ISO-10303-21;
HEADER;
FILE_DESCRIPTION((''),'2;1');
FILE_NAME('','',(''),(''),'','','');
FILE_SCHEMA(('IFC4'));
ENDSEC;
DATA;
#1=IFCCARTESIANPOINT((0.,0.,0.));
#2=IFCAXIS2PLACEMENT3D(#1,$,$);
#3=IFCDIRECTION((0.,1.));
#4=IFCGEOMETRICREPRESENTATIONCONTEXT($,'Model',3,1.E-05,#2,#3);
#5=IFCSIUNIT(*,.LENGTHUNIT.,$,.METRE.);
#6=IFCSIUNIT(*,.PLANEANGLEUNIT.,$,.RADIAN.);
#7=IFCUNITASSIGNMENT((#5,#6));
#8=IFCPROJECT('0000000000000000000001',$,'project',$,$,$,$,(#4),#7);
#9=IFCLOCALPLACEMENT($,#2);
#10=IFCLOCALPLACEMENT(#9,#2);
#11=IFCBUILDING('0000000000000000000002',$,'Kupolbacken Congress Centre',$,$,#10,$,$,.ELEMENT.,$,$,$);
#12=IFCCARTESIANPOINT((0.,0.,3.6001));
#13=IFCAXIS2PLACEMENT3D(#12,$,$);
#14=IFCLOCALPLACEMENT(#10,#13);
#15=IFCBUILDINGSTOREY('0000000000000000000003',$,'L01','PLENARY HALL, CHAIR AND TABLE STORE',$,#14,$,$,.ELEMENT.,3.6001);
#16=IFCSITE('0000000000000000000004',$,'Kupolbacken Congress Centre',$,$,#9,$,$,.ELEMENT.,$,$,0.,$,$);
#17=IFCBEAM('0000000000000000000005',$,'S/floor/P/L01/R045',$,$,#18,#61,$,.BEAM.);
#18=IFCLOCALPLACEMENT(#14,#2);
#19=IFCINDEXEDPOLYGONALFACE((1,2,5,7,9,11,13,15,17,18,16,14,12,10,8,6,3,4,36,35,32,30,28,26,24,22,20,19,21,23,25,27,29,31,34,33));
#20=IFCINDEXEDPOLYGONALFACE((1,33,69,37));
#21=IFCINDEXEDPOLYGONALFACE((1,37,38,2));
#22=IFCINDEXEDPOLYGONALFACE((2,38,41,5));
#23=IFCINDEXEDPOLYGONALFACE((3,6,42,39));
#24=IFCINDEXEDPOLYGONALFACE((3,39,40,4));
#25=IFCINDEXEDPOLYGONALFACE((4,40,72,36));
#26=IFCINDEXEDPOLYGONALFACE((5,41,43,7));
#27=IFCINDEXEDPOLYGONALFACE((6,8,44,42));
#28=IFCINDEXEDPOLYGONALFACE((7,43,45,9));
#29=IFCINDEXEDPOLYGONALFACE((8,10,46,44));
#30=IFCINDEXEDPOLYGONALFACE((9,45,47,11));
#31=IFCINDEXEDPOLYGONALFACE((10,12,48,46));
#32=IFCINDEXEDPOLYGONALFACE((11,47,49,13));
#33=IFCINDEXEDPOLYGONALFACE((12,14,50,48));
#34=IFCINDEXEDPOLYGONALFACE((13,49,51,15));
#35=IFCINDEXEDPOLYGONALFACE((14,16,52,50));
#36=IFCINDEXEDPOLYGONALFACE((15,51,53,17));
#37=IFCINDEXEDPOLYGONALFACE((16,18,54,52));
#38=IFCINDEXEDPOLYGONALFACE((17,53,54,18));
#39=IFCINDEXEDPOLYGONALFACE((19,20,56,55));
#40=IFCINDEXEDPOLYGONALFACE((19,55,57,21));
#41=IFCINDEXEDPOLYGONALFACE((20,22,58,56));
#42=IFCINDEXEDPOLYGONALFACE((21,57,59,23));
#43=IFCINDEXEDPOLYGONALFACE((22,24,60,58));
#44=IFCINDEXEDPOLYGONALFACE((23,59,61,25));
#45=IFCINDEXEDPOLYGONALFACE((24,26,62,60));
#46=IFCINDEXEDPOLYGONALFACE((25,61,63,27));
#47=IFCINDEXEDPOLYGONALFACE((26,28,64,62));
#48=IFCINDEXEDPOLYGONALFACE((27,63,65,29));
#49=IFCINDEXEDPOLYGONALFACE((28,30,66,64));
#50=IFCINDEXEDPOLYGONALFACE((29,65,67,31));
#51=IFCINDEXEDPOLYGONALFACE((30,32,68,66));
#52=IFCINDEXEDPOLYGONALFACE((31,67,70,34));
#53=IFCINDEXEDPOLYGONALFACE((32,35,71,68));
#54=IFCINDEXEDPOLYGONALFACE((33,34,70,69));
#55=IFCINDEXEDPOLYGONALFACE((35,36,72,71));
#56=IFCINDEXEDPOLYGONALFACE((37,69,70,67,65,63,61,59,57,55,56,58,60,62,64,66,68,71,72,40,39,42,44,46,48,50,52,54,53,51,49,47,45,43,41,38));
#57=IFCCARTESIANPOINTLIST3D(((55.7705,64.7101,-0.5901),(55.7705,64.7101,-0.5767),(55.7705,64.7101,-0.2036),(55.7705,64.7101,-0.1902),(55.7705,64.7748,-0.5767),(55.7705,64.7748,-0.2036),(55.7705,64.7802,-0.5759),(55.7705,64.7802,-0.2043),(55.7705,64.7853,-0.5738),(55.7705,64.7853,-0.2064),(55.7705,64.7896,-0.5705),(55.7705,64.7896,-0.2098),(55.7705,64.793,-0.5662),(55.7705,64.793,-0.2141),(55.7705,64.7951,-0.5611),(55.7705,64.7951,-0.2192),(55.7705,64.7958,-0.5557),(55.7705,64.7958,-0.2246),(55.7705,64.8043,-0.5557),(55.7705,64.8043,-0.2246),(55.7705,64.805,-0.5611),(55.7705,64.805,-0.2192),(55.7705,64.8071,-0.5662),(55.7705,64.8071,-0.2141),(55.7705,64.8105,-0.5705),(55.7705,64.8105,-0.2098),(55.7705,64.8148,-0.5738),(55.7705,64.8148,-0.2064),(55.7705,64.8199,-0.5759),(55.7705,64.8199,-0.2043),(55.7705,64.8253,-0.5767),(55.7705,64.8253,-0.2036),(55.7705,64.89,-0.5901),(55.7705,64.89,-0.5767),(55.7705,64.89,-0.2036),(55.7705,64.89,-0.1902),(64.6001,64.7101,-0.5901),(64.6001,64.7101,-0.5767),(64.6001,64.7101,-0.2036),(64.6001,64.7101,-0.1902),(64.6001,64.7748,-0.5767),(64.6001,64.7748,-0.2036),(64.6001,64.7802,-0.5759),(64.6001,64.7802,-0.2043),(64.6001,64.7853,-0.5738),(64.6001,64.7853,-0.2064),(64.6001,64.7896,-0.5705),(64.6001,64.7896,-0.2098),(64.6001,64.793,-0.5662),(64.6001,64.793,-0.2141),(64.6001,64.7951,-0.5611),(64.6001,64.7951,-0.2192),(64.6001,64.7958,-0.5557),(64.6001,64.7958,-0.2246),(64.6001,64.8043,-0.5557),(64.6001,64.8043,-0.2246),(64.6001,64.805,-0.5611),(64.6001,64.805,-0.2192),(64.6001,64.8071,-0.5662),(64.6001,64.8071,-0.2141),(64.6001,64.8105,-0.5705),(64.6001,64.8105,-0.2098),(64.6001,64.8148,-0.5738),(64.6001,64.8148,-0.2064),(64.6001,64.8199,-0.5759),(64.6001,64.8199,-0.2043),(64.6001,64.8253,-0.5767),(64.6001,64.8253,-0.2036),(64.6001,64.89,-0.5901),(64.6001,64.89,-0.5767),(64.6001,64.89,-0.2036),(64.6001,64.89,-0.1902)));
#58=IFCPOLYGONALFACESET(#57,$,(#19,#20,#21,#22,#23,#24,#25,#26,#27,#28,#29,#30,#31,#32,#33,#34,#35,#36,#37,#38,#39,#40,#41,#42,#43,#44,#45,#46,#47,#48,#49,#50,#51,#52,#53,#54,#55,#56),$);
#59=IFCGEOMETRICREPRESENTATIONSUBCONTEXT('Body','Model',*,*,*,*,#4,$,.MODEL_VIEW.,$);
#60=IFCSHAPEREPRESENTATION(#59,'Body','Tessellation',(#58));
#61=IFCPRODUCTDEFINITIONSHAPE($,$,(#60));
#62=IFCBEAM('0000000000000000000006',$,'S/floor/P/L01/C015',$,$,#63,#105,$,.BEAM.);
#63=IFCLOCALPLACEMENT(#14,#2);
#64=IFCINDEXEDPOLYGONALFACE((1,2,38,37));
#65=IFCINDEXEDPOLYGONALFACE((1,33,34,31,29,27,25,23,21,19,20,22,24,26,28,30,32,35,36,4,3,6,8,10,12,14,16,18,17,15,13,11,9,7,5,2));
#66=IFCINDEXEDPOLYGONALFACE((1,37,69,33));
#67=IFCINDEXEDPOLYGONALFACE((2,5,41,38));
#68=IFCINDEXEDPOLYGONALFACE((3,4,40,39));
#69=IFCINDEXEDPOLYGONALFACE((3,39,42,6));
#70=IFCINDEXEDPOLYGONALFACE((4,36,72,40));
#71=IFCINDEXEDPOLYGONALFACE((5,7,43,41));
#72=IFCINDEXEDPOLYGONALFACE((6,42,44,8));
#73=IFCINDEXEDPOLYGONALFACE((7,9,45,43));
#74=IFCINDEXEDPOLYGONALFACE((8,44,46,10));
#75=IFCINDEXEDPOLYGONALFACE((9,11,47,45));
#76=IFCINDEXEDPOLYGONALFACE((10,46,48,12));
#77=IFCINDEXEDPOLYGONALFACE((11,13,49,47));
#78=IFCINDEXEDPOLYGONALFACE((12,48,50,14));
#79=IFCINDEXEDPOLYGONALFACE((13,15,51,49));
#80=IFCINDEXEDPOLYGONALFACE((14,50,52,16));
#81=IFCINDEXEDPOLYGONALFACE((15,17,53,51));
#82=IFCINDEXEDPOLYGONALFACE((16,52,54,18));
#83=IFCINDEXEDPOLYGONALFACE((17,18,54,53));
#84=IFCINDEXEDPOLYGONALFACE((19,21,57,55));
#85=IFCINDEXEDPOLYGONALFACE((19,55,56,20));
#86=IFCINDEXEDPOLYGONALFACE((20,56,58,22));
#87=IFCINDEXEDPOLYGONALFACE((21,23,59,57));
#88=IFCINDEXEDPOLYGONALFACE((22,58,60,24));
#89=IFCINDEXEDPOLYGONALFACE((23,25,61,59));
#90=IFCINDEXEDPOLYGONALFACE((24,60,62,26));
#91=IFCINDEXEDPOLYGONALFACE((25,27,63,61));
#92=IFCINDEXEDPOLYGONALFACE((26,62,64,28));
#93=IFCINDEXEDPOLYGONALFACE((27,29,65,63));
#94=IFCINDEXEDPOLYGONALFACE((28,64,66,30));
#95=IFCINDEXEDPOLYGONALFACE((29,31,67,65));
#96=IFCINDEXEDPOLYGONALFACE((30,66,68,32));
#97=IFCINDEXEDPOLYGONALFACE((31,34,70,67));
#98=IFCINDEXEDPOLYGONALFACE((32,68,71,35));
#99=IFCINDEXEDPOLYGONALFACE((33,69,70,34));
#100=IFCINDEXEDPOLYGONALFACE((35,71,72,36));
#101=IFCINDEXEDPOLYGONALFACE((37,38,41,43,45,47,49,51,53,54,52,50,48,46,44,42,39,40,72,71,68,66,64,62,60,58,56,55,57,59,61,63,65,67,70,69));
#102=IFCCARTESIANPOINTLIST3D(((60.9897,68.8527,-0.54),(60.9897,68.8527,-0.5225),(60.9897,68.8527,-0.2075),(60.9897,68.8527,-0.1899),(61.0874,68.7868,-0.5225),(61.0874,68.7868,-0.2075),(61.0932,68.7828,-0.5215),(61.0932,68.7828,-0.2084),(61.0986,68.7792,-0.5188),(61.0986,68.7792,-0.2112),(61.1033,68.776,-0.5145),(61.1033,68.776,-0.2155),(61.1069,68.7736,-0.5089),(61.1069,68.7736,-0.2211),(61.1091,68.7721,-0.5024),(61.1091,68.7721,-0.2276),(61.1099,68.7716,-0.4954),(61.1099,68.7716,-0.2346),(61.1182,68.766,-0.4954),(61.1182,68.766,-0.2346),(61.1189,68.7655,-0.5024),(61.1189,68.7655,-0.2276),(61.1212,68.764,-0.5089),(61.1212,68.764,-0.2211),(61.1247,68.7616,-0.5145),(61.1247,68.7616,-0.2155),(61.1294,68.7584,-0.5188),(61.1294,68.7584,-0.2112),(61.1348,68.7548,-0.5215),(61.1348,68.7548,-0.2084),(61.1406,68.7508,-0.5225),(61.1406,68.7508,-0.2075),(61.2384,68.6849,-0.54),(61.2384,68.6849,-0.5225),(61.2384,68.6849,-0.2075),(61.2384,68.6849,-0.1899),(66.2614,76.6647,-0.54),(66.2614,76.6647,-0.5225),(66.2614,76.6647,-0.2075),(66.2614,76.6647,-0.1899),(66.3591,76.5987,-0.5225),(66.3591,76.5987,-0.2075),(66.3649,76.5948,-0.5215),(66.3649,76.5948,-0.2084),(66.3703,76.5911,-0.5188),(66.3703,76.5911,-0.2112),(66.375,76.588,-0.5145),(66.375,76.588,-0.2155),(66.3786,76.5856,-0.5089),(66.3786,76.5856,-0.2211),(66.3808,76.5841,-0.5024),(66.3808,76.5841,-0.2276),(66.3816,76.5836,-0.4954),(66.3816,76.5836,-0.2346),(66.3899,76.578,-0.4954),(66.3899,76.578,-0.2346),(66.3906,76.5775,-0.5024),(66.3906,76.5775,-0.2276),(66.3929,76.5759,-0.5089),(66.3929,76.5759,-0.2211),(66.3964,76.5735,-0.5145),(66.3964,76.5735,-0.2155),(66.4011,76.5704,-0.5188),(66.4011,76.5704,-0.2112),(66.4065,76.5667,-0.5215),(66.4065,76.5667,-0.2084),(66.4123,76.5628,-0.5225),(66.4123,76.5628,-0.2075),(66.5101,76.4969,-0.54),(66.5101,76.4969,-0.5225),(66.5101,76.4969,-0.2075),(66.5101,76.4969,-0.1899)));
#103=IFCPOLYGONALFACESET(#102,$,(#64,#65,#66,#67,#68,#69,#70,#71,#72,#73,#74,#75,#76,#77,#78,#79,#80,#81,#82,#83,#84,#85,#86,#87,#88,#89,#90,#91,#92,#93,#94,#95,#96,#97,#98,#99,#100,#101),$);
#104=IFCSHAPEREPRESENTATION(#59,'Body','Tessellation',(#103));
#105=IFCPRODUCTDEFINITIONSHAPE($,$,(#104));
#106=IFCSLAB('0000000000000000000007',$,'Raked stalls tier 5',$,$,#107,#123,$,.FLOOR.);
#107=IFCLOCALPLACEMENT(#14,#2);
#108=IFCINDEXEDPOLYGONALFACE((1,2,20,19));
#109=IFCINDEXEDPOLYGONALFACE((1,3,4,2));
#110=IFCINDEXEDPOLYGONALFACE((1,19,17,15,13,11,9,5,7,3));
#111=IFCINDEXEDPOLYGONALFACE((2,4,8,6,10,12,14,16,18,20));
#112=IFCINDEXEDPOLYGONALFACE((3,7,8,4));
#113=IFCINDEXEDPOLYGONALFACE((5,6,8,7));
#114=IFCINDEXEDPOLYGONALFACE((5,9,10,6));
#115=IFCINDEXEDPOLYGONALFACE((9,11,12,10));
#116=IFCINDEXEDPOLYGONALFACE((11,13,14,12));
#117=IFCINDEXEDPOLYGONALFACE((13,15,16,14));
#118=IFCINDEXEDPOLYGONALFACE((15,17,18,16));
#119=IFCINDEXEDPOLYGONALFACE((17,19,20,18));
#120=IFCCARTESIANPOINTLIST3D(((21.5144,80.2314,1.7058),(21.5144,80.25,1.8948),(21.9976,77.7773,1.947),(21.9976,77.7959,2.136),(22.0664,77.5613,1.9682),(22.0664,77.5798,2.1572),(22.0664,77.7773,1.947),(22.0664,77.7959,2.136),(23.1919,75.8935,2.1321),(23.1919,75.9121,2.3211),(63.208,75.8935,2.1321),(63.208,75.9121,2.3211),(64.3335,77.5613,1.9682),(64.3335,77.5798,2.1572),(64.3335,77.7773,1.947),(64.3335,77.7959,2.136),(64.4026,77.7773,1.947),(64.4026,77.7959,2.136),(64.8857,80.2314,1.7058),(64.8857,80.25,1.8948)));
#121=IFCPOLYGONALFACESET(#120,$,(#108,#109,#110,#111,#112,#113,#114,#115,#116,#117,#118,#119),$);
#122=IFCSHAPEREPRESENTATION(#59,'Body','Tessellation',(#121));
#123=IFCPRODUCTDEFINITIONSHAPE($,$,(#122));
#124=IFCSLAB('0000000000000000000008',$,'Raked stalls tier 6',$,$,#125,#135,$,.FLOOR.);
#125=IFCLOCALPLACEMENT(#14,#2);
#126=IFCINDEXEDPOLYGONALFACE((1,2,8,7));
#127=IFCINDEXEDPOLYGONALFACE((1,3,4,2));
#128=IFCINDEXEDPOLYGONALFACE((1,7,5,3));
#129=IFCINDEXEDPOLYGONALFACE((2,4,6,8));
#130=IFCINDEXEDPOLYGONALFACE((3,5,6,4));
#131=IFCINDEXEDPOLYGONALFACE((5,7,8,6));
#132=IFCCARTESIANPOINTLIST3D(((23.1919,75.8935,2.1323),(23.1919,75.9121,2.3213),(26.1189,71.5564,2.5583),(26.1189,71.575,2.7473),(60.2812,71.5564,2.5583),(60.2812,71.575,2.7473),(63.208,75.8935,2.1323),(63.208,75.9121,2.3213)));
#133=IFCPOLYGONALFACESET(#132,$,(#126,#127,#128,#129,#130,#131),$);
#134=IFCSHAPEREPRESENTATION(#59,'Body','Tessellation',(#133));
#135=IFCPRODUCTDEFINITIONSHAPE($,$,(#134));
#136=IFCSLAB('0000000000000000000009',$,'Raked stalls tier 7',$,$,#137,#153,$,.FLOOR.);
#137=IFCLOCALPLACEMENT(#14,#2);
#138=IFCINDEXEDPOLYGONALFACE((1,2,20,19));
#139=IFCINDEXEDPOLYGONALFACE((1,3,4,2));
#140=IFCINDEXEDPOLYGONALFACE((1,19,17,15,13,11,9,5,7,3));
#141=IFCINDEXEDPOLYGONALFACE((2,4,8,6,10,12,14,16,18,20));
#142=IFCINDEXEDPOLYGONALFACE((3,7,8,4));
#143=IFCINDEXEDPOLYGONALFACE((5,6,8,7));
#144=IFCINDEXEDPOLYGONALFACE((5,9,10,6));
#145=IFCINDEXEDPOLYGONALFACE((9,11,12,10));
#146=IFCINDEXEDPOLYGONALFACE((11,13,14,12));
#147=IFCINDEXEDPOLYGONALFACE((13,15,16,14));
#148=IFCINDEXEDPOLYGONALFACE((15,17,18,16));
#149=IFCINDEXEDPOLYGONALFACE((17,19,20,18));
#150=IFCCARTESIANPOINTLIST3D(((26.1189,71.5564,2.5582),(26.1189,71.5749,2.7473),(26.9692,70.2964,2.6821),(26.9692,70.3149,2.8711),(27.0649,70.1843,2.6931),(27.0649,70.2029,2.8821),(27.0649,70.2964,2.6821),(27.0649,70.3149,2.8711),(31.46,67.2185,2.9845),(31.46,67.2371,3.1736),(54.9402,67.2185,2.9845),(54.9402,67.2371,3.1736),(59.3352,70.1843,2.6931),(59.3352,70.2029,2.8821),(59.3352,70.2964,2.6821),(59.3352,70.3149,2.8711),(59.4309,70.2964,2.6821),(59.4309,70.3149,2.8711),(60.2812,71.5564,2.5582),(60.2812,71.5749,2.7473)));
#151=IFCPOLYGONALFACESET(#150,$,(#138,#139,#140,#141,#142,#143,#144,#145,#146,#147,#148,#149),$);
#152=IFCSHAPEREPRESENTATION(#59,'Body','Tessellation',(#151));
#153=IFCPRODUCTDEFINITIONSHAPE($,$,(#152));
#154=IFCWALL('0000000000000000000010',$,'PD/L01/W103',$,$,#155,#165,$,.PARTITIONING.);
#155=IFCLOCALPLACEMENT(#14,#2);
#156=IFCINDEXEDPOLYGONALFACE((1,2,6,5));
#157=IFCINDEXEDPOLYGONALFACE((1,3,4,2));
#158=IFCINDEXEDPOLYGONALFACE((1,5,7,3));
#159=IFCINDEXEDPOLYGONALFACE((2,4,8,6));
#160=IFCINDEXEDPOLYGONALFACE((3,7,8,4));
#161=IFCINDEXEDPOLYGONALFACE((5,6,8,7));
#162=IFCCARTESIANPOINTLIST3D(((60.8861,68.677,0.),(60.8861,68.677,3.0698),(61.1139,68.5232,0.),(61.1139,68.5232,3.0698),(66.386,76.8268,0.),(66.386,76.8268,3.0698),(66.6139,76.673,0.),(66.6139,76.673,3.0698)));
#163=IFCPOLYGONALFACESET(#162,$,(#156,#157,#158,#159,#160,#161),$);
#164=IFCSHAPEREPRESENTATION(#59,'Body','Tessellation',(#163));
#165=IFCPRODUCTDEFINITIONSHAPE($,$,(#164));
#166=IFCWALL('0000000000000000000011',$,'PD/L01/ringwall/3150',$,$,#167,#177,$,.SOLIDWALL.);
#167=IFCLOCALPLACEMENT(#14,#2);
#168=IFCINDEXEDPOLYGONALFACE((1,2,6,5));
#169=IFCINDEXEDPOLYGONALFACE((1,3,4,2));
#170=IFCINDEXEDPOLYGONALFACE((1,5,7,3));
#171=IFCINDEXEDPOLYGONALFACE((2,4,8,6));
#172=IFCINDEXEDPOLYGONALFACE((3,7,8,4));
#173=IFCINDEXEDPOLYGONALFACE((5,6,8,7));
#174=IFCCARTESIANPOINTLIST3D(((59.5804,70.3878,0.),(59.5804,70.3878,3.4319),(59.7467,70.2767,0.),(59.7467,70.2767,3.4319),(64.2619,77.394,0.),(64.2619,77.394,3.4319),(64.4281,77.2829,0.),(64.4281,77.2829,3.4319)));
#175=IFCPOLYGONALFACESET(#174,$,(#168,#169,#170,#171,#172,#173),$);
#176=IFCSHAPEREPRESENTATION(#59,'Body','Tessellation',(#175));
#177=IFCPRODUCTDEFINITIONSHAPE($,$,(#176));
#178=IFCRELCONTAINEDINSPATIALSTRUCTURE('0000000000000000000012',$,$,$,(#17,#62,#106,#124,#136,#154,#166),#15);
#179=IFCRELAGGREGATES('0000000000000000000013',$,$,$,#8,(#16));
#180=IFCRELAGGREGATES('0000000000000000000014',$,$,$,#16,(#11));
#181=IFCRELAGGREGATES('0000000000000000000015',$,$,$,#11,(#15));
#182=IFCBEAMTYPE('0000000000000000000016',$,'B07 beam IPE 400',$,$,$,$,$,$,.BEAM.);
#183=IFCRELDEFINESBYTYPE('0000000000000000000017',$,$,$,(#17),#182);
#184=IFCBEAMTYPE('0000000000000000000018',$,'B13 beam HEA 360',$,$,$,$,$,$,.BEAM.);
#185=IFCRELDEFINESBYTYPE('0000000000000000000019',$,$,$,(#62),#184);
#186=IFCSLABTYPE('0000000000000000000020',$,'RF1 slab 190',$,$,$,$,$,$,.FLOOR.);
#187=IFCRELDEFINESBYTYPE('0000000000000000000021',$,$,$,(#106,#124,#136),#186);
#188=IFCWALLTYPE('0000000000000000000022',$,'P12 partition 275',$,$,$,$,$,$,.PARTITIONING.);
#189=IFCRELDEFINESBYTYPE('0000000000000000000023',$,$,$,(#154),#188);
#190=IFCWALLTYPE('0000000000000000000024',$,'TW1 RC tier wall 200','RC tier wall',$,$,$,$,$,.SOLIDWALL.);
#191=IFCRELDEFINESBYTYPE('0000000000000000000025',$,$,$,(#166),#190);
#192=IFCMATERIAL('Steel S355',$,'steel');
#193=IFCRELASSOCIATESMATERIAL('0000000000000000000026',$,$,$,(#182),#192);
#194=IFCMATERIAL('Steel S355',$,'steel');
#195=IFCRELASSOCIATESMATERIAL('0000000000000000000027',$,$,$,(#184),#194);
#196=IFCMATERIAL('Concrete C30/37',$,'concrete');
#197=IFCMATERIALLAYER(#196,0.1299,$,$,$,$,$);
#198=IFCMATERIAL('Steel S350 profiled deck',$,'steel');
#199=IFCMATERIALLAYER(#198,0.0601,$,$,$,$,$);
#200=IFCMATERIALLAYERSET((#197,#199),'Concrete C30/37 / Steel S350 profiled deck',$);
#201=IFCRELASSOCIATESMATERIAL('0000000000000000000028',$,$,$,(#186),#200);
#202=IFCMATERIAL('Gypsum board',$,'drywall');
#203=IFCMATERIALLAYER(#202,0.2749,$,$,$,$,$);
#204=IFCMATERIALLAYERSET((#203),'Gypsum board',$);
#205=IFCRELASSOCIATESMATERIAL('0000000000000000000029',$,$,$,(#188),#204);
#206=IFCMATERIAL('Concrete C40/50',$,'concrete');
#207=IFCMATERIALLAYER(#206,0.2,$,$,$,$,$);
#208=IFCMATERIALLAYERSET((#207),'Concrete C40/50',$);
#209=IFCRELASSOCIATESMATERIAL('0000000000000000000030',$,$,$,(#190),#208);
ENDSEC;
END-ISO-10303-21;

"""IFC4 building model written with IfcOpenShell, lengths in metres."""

from ifc_helpers import new_model, si_unit, direction, frame, frame_2d, origin, origin_2d, place, context, subcontext, project, spatial, polyline, rectangle, i_section, outline, extrude, material, layer, layer_set, material_profile, profile_set, type_object, element, save


model = new_model("IFC4")

# Units and contexts
model_context = context("Model", 3, precision=1e-05, world=origin(), true_north=direction((0.0, 1.0)))
body_context = subcontext(model_context, "Body", "Model", "MODEL_VIEW")
ifc_project = project(units=[si_unit("LENGTHUNIT", "METRE"), si_unit("PLANEANGLEUNIT", "RADIAN")], contexts=[model_context])

# Site, building, storey
site_placement = place(None, origin())
site = spatial("IfcSite", under=ifc_project, at=site_placement, Name="Kupolbacken Congress Centre", CompositionType="ELEMENT", RefElevation=0.0)
building_placement = place(site_placement, origin())
building = spatial("IfcBuilding", under=site, at=building_placement, Name="Kupolbacken Congress Centre", CompositionType="ELEMENT")
storey_placement = place(building_placement, frame((0.0, 0.0, 3.6001)))
storey = spatial("IfcBuildingStorey", under=building, at=storey_placement, Name="L01", Description="PLENARY HALL, CHAIR AND TABLE STORE", CompositionType="ELEMENT", Elevation=3.6001)

# Beams
ifc_material_1 = material(Name="Steel S355", Category="steel")
ifc_material_profile_1 = material_profile(ifc_material_1, i_section(OverallWidth=0.1799, OverallDepth=0.3999, WebThickness=0.0085, FlangeThickness=0.0134, FilletRadius=0.021, at=origin_2d()), Name="IPE 400")
ifc_profile_set_1 = profile_set([ifc_material_profile_1], Name="Steel S355")
beam_type_1 = type_object("IfcBeamType", Name="B07 beam IPE 400", PredefinedType="BEAM", material=ifc_profile_set_1)
beam_1_placement = place(storey_placement, frame((55.7705, 64.8, -0.3901), z_axis=(1.0, 0.0, 0.0), x_axis=(0.0, 1.0, 0.0)))
element("IfcBeam", 1, at=beam_1_placement, inside=storey, type_object=beam_type_1, Name="S/floor/P/L01/R045", PredefinedType="BEAM", context=body_context, shape_type="SweptSolid", body=[
    extrude(i_section(OverallWidth=0.1799, OverallDepth=0.3999, WebThickness=0.0085, FlangeThickness=0.0134, FilletRadius=0.021, at=origin_2d()), origin(), (0.0, 0.0, 1.0), 8.8296),
])
ifc_material_2 = material(Name="Steel S355", Category="steel")
ifc_material_profile_2 = material_profile(ifc_material_2, i_section(OverallWidth=0.3, OverallDepth=0.3501, WebThickness=0.01, FlangeThickness=0.0176, FilletRadius=0.0271, at=origin_2d()), Name="HEA 360")
ifc_profile_set_2 = profile_set([ifc_material_profile_2], Name="Steel S355")
beam_type_2 = type_object("IfcBeamType", Name="B13 beam HEA 360", PredefinedType="BEAM", material=ifc_profile_set_2)
beam_2_placement = place(storey_placement, frame((61.114, 68.7688, -0.365), z_axis=(0.559372, 0.828917, 0.0), x_axis=(-0.828917, 0.559372, 0.0)))
element("IfcBeam", 2, at=beam_2_placement, inside=storey, type_object=beam_type_2, Name="S/floor/P/L01/C015", PredefinedType="BEAM", context=body_context, shape_type="SweptSolid", body=[
    extrude(i_section(OverallWidth=0.3, OverallDepth=0.3501, WebThickness=0.01, FlangeThickness=0.0176, FilletRadius=0.0271, at=origin_2d()), origin(), (0.0, 0.0, 1.0), 9.4243),
])

# Slabs
ifc_material_3 = material(Name="Concrete C30/37", Category="concrete")
ifc_layer_1 = layer(ifc_material_3, 0.1299)
ifc_material_4 = material(Name="Steel S350 profiled deck", Category="steel")
ifc_layer_2 = layer(ifc_material_4, 0.0601)
ifc_layer_set_1 = layer_set([ifc_layer_1, ifc_layer_2], Name="Concrete C30/37 / Steel S350 profiled deck")
slab_type = type_object("IfcSlabType", Name="RF1 slab 190", PredefinedType="FLOOR", material=ifc_layer_set_1)
slab_1_placement = place(storey_placement, frame((64.3335, 77.7959, 2.136), z_axis=(0.0, 0.097794, 0.995207), x_axis=(0.0, -0.995207, 0.097794)))
element("IfcSlab", 3, at=slab_1_placement, inside=storey, type_object=slab_type, Name="Raked stalls tier 5", PredefinedType="FLOOR", context=body_context, shape_type="SweptSolid", body=[
    extrude(outline(polyline([(0.0, 0.0), (0.2171, 0.0), (1.8929, -1.1255), (1.8929, -41.1416), (0.2171, -42.2671), (0.0, -42.2671), (0.0, -42.3359), (-2.4659, -42.8191), (-2.4659, 0.5522), (0.0, 0.0691), (0.0, 0.0)])), origin(), (0.0, 0.0, -1.0), 0.1899),
])
slab_2_placement = place(storey_placement, frame((60.2812, 71.575, 2.7473), z_axis=(0.0, 0.097756, 0.99521), x_axis=(-1.0, 0.0, 0.0)))
element("IfcSlab", 4, at=slab_2_placement, inside=storey, type_object=slab_type, Name="Raked stalls tier 6", PredefinedType="FLOOR", context=body_context, shape_type="SweptSolid", body=[
    extrude(outline(polyline([(0.0, 0.0), (34.1624, 0.0), (37.0894, -4.358), (-2.9268, -4.358), (0.0, 0.0)])), origin(), (0.0, 0.0, -1.0), 0.1899),
])
slab_3_placement = place(storey_placement, frame((59.4309, 70.3149, 2.8711), z_axis=(0.0, 0.097801, 0.995206), x_axis=(-1.0, 0.0, 0.0)))
element("IfcSlab", 5, at=slab_3_placement, inside=storey, type_object=slab_type, Name="Raked stalls tier 7", PredefinedType="FLOOR", context=body_context, shape_type="SweptSolid", body=[
    extrude(outline(polyline([(0.0, 0.0), (0.0957, 0.0), (0.0957, 0.1126), (4.4907, 3.0927), (27.9709, 3.0927), (32.366, 0.1126), (32.366, 0.0), (32.4617, 0.0), (33.312, -1.2661), (-0.8503, -1.2661), (0.0, 0.0)])), origin(), (0.0, 0.0, -1.0), 0.1899),
])

# Walls
ifc_material_5 = material(Name="Gypsum board", Category="drywall")
ifc_layer_3 = layer(ifc_material_5, 0.2749)
ifc_layer_set_2 = layer_set([ifc_layer_3], Name="Gypsum board")
wall_type_1 = type_object("IfcWallType", Name="P12 partition 275", PredefinedType="PARTITIONING", material=ifc_layer_set_2)
wall_1_placement = place(storey_placement, frame((61.0, 68.6001, 0.0), z_axis=(0.0, 0.0, 1.0), x_axis=(0.55939, 0.828905, 0.0)))
element("IfcWall", 6, at=wall_1_placement, inside=storey, type_object=wall_type_1, Name="PD/L01/W103", PredefinedType="PARTITIONING", context=body_context, shape_type="SweptSolid", body=[
    extrude(rectangle(XDim=9.832, YDim=0.2749, at=frame_2d((4.916, 0.0))), origin(), (0.0, 0.0, 1.0), 3.0698),
])
ifc_material_6 = material(Name="Concrete C40/50", Category="concrete")
ifc_layer_4 = layer(ifc_material_6, 0.2)
ifc_layer_set_3 = layer_set([ifc_layer_4], Name="Concrete C40/50")
wall_type_2 = type_object("IfcWallType", Name="TW1 RC tier wall 200", Description="RC tier wall", PredefinedType="SOLIDWALL", material=ifc_layer_set_3)
wall_2_placement = place(storey_placement, frame((59.6636, 70.3323, 0.0), z_axis=(0.0, 0.0, 1.0), x_axis=(0.555576, 0.831466, 0.0)))
element("IfcWall", 7, at=wall_2_placement, inside=storey, type_object=wall_type_2, Name="PD/L01/ringwall/3150", PredefinedType="SOLIDWALL", context=body_context, shape_type="SweptSolid", body=[
    extrude(rectangle(XDim=8.4263, YDim=0.2, at=frame_2d((4.2131, 0.0))), origin(), (0.0, 0.0, 1.0), 3.4319),
])

save(model, "model.ifc")
